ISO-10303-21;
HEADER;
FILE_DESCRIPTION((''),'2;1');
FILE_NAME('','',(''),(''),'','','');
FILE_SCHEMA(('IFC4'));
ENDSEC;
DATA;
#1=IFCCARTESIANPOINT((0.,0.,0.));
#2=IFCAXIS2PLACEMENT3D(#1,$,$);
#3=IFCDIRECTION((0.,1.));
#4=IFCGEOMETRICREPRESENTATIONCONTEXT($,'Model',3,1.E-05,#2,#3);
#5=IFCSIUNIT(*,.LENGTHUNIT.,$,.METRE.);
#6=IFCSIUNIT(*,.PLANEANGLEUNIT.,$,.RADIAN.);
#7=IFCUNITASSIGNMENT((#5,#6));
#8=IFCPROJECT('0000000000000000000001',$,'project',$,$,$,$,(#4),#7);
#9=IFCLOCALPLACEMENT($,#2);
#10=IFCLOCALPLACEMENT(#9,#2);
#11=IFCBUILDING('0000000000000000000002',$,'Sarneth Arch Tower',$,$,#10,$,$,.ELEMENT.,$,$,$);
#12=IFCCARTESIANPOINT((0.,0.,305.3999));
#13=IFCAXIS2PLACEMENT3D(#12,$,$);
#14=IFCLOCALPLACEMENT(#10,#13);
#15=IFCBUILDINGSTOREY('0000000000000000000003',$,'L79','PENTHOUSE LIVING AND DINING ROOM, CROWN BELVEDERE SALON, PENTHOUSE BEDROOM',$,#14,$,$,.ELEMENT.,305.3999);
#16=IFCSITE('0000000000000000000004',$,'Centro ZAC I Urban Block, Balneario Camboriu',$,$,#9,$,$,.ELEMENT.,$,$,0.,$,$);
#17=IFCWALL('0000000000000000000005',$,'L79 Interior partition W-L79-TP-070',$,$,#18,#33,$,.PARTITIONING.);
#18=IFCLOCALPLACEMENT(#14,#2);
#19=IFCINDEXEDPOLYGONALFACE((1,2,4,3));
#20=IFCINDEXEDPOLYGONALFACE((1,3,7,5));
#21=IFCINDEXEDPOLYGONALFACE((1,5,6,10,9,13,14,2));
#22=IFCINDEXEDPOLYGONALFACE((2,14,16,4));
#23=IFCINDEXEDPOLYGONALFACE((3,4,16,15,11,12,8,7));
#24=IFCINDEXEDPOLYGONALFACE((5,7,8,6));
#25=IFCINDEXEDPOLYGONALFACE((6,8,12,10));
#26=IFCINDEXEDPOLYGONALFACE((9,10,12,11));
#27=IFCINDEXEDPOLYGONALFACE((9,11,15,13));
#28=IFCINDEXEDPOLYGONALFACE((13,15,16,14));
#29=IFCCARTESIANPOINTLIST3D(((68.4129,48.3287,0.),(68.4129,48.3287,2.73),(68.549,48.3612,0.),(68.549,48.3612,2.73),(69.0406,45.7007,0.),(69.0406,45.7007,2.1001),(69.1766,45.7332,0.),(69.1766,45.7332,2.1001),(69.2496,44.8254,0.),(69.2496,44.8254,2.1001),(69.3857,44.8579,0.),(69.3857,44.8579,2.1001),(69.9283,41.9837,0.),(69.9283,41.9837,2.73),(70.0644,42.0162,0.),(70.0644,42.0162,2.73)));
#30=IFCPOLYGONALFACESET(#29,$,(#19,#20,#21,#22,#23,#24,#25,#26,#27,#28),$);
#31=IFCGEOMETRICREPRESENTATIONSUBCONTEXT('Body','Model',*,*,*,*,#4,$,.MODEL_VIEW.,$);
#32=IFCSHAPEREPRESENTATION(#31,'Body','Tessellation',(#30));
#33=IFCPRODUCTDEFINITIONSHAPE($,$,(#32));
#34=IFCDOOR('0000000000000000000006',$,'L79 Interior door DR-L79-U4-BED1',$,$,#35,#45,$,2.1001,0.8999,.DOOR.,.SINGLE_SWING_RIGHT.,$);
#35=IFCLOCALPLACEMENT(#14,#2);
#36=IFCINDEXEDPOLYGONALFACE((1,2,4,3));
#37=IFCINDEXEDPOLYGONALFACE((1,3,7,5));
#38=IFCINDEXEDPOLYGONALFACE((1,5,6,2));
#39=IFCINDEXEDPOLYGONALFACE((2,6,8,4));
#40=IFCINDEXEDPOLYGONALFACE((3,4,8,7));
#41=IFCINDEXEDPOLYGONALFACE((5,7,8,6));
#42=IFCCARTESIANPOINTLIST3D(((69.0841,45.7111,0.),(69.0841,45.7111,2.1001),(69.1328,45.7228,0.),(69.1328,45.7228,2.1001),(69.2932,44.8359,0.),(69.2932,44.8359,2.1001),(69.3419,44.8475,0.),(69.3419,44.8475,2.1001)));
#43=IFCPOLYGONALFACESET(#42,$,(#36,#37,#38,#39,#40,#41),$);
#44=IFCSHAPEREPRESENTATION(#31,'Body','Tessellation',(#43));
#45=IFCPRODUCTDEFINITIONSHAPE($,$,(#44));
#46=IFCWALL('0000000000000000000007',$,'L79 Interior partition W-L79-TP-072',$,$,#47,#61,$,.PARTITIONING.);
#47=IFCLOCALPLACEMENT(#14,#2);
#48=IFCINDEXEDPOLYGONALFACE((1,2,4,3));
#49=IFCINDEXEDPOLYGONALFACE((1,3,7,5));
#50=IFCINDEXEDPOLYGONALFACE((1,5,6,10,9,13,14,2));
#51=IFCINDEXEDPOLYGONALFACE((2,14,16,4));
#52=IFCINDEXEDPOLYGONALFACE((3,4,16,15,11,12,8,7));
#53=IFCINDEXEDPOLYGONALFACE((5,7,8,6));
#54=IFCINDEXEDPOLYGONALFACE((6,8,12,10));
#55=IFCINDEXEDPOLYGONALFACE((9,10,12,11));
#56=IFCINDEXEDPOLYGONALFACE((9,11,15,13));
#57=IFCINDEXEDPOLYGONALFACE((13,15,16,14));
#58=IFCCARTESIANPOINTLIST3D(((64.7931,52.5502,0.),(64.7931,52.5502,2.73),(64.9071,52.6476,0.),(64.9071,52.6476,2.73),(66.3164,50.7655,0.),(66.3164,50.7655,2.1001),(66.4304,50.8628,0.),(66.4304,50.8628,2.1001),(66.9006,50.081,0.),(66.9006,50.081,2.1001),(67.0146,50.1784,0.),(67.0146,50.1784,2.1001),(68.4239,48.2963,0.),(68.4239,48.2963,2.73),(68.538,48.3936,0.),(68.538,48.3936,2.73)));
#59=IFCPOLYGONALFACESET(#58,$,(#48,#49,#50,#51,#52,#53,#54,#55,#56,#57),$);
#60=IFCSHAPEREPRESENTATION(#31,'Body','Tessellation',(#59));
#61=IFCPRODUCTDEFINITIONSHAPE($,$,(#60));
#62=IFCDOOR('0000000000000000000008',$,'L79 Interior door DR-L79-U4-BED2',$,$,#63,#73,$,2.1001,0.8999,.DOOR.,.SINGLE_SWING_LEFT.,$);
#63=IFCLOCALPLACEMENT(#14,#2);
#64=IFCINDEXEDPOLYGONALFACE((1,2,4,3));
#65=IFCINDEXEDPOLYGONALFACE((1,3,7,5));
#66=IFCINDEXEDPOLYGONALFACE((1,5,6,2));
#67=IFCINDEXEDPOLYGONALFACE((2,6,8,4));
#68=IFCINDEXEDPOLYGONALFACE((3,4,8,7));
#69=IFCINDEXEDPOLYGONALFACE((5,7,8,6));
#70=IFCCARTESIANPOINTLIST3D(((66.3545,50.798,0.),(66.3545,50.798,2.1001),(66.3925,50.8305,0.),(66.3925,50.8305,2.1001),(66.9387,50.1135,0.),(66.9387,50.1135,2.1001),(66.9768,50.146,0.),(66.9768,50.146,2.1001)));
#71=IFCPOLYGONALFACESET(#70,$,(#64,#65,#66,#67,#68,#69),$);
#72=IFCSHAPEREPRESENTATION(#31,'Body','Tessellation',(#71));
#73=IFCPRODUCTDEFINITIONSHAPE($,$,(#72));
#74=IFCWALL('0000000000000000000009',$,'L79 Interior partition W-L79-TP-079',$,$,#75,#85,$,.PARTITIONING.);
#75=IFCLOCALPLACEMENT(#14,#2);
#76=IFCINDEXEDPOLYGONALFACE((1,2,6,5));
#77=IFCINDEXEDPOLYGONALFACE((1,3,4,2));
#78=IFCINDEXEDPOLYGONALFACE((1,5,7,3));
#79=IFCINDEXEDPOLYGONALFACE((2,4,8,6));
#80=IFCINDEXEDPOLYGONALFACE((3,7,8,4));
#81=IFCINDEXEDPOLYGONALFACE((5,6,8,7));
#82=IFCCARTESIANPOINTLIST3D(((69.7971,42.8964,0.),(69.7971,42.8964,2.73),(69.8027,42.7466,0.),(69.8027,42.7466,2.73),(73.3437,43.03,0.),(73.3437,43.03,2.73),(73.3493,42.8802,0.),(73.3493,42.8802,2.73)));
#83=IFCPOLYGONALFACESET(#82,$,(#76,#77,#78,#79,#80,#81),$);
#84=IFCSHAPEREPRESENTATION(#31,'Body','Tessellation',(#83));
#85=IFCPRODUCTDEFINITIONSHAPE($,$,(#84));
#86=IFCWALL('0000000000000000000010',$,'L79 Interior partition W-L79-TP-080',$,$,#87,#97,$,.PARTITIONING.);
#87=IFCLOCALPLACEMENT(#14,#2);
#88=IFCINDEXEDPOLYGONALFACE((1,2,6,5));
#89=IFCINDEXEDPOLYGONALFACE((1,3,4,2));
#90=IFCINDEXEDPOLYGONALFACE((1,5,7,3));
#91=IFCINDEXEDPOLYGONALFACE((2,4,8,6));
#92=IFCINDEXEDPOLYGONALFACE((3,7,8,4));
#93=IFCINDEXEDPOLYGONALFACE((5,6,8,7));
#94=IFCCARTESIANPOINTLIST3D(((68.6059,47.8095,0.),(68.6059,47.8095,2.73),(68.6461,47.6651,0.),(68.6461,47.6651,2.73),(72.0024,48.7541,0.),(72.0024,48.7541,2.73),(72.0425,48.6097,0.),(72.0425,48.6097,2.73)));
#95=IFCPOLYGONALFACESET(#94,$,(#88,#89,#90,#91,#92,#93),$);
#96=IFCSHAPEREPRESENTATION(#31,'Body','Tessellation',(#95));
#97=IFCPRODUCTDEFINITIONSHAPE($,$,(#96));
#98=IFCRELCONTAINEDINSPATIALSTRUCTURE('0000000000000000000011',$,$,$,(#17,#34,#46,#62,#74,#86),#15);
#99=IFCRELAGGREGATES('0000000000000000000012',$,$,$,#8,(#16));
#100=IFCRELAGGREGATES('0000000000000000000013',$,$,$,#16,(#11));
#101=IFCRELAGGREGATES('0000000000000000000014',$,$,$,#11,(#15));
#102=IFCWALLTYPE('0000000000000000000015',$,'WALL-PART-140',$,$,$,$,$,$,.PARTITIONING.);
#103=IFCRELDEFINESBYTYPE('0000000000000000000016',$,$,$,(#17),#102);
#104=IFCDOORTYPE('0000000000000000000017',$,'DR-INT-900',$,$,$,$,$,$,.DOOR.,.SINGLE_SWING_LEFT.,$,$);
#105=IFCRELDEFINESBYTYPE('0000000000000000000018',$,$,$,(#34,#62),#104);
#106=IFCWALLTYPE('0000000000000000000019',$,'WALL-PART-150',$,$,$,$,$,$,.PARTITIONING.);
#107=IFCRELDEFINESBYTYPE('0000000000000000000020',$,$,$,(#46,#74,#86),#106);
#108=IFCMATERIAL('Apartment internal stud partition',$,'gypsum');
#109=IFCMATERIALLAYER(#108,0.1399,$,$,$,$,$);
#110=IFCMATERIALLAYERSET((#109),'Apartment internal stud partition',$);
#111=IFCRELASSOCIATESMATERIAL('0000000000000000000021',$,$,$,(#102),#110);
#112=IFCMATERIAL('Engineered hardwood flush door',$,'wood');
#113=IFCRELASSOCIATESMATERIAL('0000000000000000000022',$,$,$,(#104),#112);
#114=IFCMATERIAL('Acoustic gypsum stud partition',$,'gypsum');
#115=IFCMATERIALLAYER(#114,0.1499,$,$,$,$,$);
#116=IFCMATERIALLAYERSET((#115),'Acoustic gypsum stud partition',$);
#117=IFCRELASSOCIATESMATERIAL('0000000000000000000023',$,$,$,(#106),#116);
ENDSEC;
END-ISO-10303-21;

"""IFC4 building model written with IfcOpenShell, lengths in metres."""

from ifc_helpers import new_model, si_unit, direction, frame, frame_2d, origin, place, context, subcontext, project, spatial, rectangle, extrude, material, layer, layer_set, type_object, element, fill, save


model = new_model("IFC4")

# Units and contexts
model_context = context("Model", 3, precision=1e-05, world=origin(), true_north=direction((0.0, 1.0)))
body_context = subcontext(model_context, "Body", "Model", "MODEL_VIEW")
ifc_project = project(units=[si_unit("LENGTHUNIT", "METRE"), si_unit("PLANEANGLEUNIT", "RADIAN")], contexts=[model_context])

# Site, building, storey
site_placement = place(None, origin())
site = spatial("IfcSite", under=ifc_project, at=site_placement, Name="Centro ZAC I Urban Block, Balneario Camboriu", CompositionType="ELEMENT", RefElevation=0.0)
building_placement = place(site_placement, origin())
building = spatial("IfcBuilding", under=site, at=building_placement, Name="Sarneth Arch Tower", CompositionType="ELEMENT")
storey_placement = place(building_placement, frame((0.0, 0.0, 305.3999)))
storey = spatial("IfcBuildingStorey", under=building, at=storey_placement, Name="L79", Description="PENTHOUSE LIVING AND DINING ROOM, CROWN BELVEDERE SALON, PENTHOUSE BEDROOM", CompositionType="ELEMENT", Elevation=305.3999)

# Walls, openings, doors
ifc_material_1 = material(Name="Apartment internal stud partition", Category="gypsum")
ifc_layer_1 = layer(ifc_material_1, 0.1399)
ifc_layer_set_1 = layer_set([ifc_layer_1], Name="Apartment internal stud partition")
wall_type_1 = type_object("IfcWallType", Name="WALL-PART-140", PredefinedType="PARTITIONING", material=ifc_layer_set_1)
wall_1_placement = place(storey_placement, frame((68.481, 48.345, 0.0), z_axis=(0.0, 0.0, 1.0), x_axis=(0.232298, -0.972645, 0.0)))
wall_1 = element("IfcWall", 1, at=wall_1_placement, inside=storey, type_object=wall_type_1, Name="L79 Interior partition W-L79-TP-070", PredefinedType="PARTITIONING", context=body_context, shape_type="SweptSolid", body=[
    extrude(rectangle(XDim=6.5234, YDim=0.1399, at=frame_2d((3.2617, 0.0))), origin(), (0.0, 0.0, 1.0), 2.73),
])
opening_1_placement = place(wall_1_placement, frame((2.7019, 0.0, 0.0)))
opening_1 = element("IfcOpeningElement", 2, at=opening_1_placement, cuts=wall_1, PredefinedType="OPENING", context=body_context, shape_type="SweptSolid", body=[
    extrude(rectangle(XDim=0.8999, YDim=2.1001, at=frame_2d((0.45, 1.05))), frame((0.0, 0.0798, 0.0), z_axis=(0.0, -1.0, 0.0), x_axis=(1.0, 0.0, 0.0)), (0.0, 0.0, 1.0), 0.1599),
])
ifc_material_2 = material(Name="Engineered hardwood flush door", Category="wood")
door_type_1 = type_object("IfcDoorType", Name="DR-INT-900", OperationType="SINGLE_SWING_LEFT", PredefinedType="DOOR", material=ifc_material_2)
door_1_placement = place(opening_1_placement, origin())
door_1 = element("IfcDoor", 3, at=door_1_placement, inside=storey, type_object=door_type_1, Name="L79 Interior door DR-L79-U4-BED1", OperationType="SINGLE_SWING_RIGHT", OverallHeight=2.1001, OverallWidth=0.8999, PredefinedType="DOOR", context=body_context, shape_type="SweptSolid", body=[
    extrude(rectangle(XDim=0.8999, YDim=2.1001, at=frame_2d((0.45, 1.05))), frame((0.0, 0.0249, 0.0), z_axis=(0.0, -1.0, 0.0), x_axis=(1.0, 0.0, 0.0)), (0.0, 0.0, 1.0), 0.05),
])
fill(opening_1, door_1)
ifc_material_3 = material(Name="Acoustic gypsum stud partition", Category="gypsum")
ifc_layer_2 = layer(ifc_material_3, 0.1499)
ifc_layer_set_2 = layer_set([ifc_layer_2], Name="Acoustic gypsum stud partition")
wall_type_2 = type_object("IfcWallType", Name="WALL-PART-150", PredefinedType="PARTITIONING", material=ifc_layer_set_2)
wall_2_placement = place(storey_placement, frame((68.481, 48.345, 0.0), z_axis=(0.0, 0.0, 1.0), x_axis=(-0.649208, 0.760611, 0.0)))
wall_2 = element("IfcWall", 4, at=wall_2_placement, inside=storey, type_object=wall_type_2, Name="L79 Interior partition W-L79-TP-072", PredefinedType="PARTITIONING", context=body_context, shape_type="SweptSolid", body=[
    extrude(rectangle(XDim=5.5928, YDim=0.1499, at=frame_2d((2.7964, 0.0))), origin(), (0.0, 0.0, 1.0), 2.73),
])
opening_2_placement = place(wall_2_placement, frame((2.3464, 0.0, 0.0)))
opening_2 = element("IfcOpeningElement", 5, at=opening_2_placement, cuts=wall_2, PredefinedType="OPENING", context=body_context, shape_type="SweptSolid", body=[
    extrude(rectangle(XDim=0.8999, YDim=2.1001, at=frame_2d((0.45, 1.05))), frame((0.0, 0.085, 0.0), z_axis=(0.0, -1.0, 0.0), x_axis=(1.0, 0.0, 0.0)), (0.0, 0.0, 1.0), 0.1699),
])
door_2_placement = place(opening_2_placement, origin())
door_2 = element("IfcDoor", 6, at=door_2_placement, inside=storey, type_object=door_type_1, Name="L79 Interior door DR-L79-U4-BED2", OperationType="SINGLE_SWING_LEFT", OverallHeight=2.1001, OverallWidth=0.8999, PredefinedType="DOOR", context=body_context, shape_type="SweptSolid", body=[
    extrude(rectangle(XDim=0.8999, YDim=2.1001, at=frame_2d((0.45, 1.05))), frame((0.0, 0.0249, 0.0), z_axis=(0.0, -1.0, 0.0), x_axis=(1.0, 0.0, 0.0)), (0.0, 0.0, 1.0), 0.05),
])
fill(opening_2, door_2)

# Walls
wall_3_placement = place(storey_placement, frame((69.8, 42.8215, 0.0), z_axis=(0.0, 0.0, 1.0), x_axis=(0.999292, 0.037627, 0.0)))
element("IfcWall", 7, at=wall_3_placement, inside=storey, type_object=wall_type_2, Name="L79 Interior partition W-L79-TP-079", PredefinedType="PARTITIONING", context=body_context, shape_type="SweptSolid", body=[
    extrude(rectangle(XDim=3.5491, YDim=0.1499, at=frame_2d((1.7744, 0.0))), origin(), (0.0, 0.0, 1.0), 2.73),
])
wall_4_placement = place(storey_placement, frame((72.0225, 48.6819, 0.0), z_axis=(0.0, 0.0, 1.0), x_axis=(-0.963437, -0.267937, 0.0)))
element("IfcWall", 8, at=wall_4_placement, inside=storey, type_object=wall_type_2, Name="L79 Interior partition W-L79-TP-080", PredefinedType="PARTITIONING", context=body_context, shape_type="SweptSolid", body=[
    extrude(rectangle(XDim=3.5254, YDim=0.1499, at=frame_2d((1.7627, 0.0))), origin(), (0.0, 0.0, 1.0), 2.73),
])

save(model, "model.ifc")
